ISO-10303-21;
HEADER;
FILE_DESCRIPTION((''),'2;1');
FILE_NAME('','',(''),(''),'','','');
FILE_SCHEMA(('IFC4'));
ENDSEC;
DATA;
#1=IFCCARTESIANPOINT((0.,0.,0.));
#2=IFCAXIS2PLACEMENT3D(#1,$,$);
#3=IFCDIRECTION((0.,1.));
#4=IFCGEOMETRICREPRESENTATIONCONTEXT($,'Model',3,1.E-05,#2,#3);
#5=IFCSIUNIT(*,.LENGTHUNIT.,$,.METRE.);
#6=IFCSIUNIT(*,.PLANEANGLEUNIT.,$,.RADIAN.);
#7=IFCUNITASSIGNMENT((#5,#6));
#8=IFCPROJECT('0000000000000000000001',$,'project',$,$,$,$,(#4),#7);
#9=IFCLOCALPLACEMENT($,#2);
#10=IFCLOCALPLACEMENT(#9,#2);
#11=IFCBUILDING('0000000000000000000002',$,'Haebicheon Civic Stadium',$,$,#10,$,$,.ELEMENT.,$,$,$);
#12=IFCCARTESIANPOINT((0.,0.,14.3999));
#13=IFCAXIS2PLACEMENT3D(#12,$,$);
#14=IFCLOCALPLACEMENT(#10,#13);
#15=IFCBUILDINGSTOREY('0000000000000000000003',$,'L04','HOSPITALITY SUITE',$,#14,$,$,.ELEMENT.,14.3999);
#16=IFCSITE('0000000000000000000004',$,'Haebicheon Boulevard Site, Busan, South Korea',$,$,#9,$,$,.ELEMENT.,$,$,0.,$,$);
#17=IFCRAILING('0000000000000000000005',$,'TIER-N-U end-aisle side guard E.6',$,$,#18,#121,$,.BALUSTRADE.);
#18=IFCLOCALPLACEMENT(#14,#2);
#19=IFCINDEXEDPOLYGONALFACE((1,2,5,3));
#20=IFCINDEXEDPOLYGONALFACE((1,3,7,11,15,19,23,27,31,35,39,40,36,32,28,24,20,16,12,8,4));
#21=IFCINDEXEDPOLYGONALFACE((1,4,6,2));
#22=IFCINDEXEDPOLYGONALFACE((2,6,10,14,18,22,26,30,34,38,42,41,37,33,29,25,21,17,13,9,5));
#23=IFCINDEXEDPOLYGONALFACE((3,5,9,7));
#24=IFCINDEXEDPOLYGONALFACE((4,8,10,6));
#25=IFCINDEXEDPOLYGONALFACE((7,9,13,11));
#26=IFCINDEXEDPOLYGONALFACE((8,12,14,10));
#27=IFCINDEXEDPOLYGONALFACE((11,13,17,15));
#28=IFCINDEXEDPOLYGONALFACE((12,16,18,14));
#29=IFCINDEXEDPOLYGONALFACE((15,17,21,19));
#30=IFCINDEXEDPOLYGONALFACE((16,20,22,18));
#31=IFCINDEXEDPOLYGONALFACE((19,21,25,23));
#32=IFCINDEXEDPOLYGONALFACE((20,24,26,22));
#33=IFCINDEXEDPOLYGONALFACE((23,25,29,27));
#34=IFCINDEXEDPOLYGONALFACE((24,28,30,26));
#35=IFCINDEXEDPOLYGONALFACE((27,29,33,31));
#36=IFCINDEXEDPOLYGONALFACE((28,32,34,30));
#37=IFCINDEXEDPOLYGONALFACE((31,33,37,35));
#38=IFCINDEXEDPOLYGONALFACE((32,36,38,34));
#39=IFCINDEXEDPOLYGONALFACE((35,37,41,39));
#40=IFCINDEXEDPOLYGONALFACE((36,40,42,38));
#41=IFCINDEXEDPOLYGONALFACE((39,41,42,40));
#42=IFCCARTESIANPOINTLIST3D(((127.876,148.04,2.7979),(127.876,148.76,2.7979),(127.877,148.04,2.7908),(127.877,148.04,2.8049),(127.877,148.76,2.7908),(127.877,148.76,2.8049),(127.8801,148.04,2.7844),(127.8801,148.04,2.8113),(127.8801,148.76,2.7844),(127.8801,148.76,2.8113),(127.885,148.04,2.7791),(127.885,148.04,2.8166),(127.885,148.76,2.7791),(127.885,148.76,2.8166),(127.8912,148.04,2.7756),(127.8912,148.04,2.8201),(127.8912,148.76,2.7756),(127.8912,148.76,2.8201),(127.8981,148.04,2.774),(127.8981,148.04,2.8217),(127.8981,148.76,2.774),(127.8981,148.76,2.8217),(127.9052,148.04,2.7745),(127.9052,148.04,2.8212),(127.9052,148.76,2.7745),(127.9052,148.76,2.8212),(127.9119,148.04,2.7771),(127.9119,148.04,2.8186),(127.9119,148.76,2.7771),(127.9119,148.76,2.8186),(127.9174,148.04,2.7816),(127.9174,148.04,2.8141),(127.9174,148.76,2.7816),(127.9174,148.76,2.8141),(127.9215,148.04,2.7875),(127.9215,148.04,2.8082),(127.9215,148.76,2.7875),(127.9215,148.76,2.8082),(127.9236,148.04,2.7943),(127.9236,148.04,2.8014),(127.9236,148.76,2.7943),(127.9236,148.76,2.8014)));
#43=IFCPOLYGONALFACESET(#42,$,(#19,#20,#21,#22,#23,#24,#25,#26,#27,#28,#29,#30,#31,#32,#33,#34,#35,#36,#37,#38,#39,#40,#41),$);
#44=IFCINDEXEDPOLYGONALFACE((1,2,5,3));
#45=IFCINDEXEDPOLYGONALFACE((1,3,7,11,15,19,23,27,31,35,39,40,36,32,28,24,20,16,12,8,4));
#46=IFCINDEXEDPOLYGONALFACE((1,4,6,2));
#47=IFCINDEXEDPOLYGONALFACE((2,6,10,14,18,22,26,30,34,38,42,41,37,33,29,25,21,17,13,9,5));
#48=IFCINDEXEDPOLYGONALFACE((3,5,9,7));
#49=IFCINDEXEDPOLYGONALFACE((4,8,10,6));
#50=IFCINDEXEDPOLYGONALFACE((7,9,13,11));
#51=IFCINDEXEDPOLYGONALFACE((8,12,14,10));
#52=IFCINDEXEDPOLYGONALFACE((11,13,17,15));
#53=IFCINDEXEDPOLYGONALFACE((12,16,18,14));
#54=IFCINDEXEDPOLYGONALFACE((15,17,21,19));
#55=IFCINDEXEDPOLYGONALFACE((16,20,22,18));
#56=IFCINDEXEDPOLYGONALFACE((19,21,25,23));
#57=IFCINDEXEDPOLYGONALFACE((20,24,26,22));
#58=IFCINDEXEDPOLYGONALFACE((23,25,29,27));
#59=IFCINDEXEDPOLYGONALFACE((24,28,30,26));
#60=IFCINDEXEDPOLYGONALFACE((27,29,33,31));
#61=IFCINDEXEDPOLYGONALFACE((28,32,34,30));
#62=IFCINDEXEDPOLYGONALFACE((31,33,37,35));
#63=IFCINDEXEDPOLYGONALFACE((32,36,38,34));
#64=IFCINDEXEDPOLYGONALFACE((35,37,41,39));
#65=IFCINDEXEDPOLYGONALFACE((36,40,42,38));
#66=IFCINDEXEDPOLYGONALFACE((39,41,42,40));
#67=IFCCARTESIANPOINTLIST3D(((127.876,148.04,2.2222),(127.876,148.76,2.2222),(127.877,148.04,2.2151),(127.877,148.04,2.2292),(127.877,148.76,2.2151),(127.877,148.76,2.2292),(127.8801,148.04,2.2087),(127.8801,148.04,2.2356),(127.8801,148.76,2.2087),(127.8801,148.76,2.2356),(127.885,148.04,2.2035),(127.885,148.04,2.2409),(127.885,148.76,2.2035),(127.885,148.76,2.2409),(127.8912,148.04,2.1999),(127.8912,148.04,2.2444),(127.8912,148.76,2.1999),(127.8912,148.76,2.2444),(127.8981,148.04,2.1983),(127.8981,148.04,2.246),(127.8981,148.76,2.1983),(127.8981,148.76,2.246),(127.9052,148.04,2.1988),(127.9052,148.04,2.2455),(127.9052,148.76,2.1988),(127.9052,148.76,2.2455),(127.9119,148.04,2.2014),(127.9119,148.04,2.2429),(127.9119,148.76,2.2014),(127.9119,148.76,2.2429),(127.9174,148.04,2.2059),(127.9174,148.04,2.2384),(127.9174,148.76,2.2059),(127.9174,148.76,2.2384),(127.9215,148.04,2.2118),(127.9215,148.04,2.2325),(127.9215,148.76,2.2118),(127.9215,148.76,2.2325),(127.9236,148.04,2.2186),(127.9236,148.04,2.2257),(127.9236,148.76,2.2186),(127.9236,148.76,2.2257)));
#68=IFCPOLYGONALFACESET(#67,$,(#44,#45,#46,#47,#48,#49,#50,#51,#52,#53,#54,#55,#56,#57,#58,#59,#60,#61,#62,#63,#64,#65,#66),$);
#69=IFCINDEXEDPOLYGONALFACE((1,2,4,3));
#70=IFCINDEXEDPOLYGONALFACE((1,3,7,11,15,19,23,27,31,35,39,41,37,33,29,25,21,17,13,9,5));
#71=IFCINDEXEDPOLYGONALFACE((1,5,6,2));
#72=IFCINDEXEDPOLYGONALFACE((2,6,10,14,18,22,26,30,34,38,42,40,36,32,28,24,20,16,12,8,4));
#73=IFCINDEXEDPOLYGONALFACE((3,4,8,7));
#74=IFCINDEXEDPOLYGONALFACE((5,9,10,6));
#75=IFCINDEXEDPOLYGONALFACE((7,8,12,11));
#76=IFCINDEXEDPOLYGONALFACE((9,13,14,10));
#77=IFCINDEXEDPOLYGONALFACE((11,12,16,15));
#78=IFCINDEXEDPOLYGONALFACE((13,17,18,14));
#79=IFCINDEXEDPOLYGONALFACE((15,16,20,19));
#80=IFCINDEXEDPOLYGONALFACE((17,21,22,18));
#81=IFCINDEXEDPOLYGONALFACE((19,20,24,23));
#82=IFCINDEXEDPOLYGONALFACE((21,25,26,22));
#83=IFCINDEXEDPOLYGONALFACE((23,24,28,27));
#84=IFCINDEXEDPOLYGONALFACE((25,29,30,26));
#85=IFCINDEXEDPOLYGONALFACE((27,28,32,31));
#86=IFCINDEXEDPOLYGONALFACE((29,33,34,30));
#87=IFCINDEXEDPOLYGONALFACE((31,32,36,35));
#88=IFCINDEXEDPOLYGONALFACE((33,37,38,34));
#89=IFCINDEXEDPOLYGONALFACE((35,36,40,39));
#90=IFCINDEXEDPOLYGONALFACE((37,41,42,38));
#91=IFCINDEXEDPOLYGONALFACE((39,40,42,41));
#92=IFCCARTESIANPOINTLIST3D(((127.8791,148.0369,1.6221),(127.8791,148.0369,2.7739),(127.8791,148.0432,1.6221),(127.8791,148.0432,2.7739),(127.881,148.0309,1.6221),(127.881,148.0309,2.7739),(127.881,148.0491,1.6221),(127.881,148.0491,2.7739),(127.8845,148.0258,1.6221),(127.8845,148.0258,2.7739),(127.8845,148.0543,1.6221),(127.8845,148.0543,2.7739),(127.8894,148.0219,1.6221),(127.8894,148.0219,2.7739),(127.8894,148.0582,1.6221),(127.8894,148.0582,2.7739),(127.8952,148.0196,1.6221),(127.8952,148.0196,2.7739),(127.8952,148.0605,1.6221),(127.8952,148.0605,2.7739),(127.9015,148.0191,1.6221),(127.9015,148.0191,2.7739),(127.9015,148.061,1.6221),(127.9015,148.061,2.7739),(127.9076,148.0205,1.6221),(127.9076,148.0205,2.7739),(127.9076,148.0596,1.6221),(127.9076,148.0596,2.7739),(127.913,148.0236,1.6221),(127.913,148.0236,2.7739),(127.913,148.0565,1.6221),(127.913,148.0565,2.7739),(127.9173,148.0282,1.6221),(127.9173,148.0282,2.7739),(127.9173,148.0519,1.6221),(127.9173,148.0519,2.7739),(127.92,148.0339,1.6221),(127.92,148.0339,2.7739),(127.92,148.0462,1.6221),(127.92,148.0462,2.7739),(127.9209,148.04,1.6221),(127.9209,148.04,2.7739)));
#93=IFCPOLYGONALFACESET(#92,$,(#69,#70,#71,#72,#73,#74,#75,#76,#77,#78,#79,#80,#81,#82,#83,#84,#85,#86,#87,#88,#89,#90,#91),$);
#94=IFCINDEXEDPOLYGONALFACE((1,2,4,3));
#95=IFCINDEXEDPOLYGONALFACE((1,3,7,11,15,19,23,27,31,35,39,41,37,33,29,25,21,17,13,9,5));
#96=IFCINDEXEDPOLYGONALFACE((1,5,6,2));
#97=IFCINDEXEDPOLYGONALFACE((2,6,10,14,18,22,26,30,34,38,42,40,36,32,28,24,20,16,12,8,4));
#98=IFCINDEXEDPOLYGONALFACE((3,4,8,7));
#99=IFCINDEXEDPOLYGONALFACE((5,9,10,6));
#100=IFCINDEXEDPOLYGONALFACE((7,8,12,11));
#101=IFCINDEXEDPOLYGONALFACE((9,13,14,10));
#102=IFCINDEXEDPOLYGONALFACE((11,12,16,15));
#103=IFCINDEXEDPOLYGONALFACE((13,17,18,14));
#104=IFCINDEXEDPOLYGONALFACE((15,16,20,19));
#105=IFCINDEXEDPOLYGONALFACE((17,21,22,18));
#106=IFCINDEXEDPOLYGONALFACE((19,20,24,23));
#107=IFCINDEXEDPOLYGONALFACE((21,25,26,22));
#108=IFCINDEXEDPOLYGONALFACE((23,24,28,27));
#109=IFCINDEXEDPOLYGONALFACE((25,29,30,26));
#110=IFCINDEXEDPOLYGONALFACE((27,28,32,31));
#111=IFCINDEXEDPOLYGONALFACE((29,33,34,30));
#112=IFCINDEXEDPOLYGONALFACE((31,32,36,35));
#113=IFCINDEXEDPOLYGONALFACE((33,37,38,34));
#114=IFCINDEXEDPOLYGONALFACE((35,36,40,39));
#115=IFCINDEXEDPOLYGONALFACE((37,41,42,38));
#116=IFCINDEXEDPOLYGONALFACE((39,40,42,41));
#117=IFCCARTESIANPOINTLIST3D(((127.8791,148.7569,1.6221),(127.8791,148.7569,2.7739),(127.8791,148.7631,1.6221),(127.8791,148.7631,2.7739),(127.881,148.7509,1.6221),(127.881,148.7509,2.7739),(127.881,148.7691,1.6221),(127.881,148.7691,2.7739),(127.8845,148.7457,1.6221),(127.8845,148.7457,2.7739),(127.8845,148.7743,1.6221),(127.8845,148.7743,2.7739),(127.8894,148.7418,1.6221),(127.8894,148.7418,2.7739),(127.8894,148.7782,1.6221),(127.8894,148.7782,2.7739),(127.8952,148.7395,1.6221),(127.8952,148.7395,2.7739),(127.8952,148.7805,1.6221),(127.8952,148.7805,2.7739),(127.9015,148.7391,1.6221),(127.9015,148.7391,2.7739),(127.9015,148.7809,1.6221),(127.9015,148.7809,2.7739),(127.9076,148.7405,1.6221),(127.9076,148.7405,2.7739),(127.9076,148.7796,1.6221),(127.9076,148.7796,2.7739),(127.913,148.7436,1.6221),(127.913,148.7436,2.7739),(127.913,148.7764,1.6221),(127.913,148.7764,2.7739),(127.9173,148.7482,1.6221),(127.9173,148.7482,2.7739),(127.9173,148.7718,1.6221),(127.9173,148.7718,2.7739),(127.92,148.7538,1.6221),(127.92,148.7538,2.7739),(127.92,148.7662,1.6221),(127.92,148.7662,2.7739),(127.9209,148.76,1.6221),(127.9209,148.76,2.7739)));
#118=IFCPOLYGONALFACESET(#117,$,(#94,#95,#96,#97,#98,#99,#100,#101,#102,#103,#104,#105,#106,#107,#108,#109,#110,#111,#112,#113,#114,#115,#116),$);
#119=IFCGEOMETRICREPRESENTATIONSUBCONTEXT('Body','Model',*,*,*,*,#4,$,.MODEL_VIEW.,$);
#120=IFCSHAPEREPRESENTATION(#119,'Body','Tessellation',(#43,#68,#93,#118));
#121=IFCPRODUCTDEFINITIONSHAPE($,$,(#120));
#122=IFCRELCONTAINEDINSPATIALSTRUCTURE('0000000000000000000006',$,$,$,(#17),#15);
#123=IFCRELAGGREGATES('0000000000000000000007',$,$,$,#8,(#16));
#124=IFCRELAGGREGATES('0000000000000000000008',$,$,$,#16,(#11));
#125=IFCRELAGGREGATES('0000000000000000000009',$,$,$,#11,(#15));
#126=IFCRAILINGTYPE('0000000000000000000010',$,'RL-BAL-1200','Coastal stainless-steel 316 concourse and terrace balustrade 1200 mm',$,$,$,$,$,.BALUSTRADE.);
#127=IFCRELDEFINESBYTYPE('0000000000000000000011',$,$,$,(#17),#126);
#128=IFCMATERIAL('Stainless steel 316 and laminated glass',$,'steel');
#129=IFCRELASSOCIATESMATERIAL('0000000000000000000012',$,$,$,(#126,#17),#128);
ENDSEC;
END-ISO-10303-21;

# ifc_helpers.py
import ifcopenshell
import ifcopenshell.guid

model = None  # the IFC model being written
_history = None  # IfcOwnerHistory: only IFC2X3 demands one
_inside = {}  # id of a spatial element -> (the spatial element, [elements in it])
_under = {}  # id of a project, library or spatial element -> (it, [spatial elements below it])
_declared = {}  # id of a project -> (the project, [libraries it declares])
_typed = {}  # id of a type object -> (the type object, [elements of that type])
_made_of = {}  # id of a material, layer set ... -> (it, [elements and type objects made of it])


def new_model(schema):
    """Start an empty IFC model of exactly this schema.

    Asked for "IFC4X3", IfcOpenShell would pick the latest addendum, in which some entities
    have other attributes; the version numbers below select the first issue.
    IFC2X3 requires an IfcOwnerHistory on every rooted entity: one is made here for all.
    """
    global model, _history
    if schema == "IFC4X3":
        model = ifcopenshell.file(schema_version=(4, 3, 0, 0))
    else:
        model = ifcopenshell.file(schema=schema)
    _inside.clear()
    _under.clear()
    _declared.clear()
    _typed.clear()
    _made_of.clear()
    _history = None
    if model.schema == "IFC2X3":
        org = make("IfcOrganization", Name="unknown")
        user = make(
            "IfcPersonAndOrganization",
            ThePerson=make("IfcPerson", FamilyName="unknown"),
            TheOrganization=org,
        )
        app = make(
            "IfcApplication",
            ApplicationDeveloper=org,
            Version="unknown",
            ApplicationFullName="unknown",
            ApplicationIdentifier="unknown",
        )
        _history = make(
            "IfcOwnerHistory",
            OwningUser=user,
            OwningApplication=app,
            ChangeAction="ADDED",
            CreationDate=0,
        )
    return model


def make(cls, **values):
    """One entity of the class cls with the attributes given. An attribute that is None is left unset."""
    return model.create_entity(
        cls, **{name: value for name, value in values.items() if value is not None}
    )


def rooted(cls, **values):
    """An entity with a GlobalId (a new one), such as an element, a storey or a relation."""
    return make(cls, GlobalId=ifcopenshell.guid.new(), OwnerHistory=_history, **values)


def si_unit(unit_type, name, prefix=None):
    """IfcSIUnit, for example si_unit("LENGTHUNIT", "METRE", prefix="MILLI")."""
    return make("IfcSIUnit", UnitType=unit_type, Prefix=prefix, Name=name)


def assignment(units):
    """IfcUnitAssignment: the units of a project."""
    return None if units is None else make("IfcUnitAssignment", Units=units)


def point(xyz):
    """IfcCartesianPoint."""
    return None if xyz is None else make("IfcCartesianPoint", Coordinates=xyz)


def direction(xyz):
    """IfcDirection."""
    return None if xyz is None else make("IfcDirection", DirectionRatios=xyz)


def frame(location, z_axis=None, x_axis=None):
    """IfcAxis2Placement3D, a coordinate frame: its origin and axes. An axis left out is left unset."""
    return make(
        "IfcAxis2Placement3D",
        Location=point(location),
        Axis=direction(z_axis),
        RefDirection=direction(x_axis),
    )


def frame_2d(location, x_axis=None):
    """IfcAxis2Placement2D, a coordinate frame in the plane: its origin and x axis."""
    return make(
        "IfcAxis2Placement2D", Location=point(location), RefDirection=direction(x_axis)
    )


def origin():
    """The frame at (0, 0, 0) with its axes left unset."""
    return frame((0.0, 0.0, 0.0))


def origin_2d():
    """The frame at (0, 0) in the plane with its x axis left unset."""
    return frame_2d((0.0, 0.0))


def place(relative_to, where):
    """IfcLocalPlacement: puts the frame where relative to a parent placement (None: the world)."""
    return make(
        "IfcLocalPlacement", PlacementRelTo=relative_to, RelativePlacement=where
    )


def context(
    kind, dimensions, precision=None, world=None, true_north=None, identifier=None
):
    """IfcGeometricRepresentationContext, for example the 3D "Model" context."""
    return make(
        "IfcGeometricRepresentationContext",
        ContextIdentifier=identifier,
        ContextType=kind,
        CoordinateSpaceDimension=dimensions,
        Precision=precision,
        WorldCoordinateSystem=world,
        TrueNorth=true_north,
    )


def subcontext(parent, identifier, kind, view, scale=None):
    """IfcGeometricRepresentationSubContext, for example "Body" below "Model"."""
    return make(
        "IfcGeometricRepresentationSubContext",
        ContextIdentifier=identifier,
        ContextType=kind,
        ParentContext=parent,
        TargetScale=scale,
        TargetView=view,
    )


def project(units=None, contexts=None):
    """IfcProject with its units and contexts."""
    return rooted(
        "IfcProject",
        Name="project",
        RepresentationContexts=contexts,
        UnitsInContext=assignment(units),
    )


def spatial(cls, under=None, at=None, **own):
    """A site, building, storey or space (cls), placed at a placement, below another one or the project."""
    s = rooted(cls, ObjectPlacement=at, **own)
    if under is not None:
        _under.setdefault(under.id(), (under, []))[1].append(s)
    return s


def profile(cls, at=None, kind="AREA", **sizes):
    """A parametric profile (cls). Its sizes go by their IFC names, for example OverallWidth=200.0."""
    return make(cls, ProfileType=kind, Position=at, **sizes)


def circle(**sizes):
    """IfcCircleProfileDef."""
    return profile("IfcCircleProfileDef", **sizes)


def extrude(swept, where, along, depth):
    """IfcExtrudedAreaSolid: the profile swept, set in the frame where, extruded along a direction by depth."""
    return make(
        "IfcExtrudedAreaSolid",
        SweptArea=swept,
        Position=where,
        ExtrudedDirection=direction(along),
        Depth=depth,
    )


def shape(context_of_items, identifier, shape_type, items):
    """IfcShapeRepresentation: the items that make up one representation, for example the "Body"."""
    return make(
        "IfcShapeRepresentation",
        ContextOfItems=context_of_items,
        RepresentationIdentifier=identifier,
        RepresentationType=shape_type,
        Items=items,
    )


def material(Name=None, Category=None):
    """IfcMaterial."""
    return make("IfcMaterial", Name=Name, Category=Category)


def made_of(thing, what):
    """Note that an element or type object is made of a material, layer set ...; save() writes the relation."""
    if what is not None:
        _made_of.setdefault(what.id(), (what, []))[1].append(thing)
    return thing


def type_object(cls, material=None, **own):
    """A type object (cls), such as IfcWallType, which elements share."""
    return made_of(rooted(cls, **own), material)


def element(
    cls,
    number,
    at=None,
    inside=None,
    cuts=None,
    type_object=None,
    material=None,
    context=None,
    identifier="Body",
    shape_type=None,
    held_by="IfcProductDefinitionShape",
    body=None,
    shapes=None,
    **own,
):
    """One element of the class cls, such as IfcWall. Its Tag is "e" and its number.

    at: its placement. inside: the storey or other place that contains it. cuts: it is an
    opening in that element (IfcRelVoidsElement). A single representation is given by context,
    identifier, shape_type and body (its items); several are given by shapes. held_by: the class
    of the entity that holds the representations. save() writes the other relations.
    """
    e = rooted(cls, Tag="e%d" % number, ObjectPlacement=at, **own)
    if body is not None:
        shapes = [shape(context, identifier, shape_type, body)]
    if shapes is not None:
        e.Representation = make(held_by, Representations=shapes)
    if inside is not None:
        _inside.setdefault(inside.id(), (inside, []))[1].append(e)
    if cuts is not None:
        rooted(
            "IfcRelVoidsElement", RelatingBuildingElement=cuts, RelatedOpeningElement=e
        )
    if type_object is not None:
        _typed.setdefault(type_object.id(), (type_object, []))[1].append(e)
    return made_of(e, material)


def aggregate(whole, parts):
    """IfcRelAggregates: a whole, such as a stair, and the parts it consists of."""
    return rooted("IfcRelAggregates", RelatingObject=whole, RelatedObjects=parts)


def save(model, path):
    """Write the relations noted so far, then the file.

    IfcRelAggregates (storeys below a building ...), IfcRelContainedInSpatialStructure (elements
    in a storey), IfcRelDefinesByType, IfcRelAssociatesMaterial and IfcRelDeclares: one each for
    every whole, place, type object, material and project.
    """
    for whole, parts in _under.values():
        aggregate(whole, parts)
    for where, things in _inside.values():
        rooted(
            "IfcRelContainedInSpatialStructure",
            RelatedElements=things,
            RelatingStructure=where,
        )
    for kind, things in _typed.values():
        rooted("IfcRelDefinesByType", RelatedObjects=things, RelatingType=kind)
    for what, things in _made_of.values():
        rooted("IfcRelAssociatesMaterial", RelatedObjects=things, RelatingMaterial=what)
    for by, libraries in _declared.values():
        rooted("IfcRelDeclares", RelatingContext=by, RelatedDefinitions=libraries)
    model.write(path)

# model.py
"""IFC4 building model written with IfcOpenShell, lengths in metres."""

from ifc_helpers import new_model, si_unit, direction, frame, origin, origin_2d, place, context, subcontext, project, spatial, circle, extrude, material, type_object, element, save


model = new_model("IFC4")

# Units and contexts
model_context = context("Model", 3, precision=1e-05, world=origin(), true_north=direction((0.0, 1.0)))
body_context = subcontext(model_context, "Body", "Model", "MODEL_VIEW")
ifc_project = project(units=[si_unit("LENGTHUNIT", "METRE"), si_unit("PLANEANGLEUNIT", "RADIAN")], contexts=[model_context])

# Site, building, storey
site_placement = place(None, origin())
site = spatial("IfcSite", under=ifc_project, at=site_placement, Name="Haebicheon Boulevard Site, Busan, South Korea", CompositionType="ELEMENT", RefElevation=0.0)
building_placement = place(site_placement, origin())
building = spatial("IfcBuilding", under=site, at=building_placement, Name="Haebicheon Civic Stadium", CompositionType="ELEMENT")
storey_placement = place(building_placement, frame((0.0, 0.0, 14.3999)))
storey = spatial("IfcBuildingStorey", under=building, at=storey_placement, Name="L04", Description="HOSPITALITY SUITE", CompositionType="ELEMENT", Elevation=14.3999)

# Railing
ifc_material_1 = material(Name="Stainless steel 316 and laminated glass", Category="steel")
railing_type = type_object("IfcRailingType", Name="RL-BAL-1200", Description="Coastal stainless-steel 316 concourse and terrace balustrade 1200 mm", PredefinedType="BALUSTRADE", material=ifc_material_1)
for number, where, name in (
    (1, (127.8999, 148.04, 1.6221), "TIER-N-U end-aisle side guard E.6"),
):
    element("IfcRailing", number, at=place(storey_placement, frame(where)), inside=storey, type_object=railing_type, material=ifc_material_1, Name=name, PredefinedType="BALUSTRADE", context=body_context, shape_type="SweptSolid", body=[
        extrude(circle(Radius=0.0239, at=origin_2d()), frame((0.0, 0.0, 1.1758), z_axis=(0.0, 1.0, 0.0), x_axis=(-1.0, 0.0, 0.0)), (0.0, 0.0, 1.0), 0.72),
        extrude(circle(Radius=0.0239, at=origin_2d()), frame((0.0, 0.0, 0.6001), z_axis=(0.0, 1.0, 0.0), x_axis=(-1.0, 0.0, 0.0)), (0.0, 0.0, 1.0), 0.72),
        extrude(circle(Radius=0.021, at=origin_2d()), origin(), (0.0, 0.0, 1.0), 1.1519),
        extrude(circle(Radius=0.021, at=origin_2d()), frame((0.0, 0.72, 0.0)), (0.0, 0.0, 1.0), 1.1519),
    ])

save(model, "model.ifc")
